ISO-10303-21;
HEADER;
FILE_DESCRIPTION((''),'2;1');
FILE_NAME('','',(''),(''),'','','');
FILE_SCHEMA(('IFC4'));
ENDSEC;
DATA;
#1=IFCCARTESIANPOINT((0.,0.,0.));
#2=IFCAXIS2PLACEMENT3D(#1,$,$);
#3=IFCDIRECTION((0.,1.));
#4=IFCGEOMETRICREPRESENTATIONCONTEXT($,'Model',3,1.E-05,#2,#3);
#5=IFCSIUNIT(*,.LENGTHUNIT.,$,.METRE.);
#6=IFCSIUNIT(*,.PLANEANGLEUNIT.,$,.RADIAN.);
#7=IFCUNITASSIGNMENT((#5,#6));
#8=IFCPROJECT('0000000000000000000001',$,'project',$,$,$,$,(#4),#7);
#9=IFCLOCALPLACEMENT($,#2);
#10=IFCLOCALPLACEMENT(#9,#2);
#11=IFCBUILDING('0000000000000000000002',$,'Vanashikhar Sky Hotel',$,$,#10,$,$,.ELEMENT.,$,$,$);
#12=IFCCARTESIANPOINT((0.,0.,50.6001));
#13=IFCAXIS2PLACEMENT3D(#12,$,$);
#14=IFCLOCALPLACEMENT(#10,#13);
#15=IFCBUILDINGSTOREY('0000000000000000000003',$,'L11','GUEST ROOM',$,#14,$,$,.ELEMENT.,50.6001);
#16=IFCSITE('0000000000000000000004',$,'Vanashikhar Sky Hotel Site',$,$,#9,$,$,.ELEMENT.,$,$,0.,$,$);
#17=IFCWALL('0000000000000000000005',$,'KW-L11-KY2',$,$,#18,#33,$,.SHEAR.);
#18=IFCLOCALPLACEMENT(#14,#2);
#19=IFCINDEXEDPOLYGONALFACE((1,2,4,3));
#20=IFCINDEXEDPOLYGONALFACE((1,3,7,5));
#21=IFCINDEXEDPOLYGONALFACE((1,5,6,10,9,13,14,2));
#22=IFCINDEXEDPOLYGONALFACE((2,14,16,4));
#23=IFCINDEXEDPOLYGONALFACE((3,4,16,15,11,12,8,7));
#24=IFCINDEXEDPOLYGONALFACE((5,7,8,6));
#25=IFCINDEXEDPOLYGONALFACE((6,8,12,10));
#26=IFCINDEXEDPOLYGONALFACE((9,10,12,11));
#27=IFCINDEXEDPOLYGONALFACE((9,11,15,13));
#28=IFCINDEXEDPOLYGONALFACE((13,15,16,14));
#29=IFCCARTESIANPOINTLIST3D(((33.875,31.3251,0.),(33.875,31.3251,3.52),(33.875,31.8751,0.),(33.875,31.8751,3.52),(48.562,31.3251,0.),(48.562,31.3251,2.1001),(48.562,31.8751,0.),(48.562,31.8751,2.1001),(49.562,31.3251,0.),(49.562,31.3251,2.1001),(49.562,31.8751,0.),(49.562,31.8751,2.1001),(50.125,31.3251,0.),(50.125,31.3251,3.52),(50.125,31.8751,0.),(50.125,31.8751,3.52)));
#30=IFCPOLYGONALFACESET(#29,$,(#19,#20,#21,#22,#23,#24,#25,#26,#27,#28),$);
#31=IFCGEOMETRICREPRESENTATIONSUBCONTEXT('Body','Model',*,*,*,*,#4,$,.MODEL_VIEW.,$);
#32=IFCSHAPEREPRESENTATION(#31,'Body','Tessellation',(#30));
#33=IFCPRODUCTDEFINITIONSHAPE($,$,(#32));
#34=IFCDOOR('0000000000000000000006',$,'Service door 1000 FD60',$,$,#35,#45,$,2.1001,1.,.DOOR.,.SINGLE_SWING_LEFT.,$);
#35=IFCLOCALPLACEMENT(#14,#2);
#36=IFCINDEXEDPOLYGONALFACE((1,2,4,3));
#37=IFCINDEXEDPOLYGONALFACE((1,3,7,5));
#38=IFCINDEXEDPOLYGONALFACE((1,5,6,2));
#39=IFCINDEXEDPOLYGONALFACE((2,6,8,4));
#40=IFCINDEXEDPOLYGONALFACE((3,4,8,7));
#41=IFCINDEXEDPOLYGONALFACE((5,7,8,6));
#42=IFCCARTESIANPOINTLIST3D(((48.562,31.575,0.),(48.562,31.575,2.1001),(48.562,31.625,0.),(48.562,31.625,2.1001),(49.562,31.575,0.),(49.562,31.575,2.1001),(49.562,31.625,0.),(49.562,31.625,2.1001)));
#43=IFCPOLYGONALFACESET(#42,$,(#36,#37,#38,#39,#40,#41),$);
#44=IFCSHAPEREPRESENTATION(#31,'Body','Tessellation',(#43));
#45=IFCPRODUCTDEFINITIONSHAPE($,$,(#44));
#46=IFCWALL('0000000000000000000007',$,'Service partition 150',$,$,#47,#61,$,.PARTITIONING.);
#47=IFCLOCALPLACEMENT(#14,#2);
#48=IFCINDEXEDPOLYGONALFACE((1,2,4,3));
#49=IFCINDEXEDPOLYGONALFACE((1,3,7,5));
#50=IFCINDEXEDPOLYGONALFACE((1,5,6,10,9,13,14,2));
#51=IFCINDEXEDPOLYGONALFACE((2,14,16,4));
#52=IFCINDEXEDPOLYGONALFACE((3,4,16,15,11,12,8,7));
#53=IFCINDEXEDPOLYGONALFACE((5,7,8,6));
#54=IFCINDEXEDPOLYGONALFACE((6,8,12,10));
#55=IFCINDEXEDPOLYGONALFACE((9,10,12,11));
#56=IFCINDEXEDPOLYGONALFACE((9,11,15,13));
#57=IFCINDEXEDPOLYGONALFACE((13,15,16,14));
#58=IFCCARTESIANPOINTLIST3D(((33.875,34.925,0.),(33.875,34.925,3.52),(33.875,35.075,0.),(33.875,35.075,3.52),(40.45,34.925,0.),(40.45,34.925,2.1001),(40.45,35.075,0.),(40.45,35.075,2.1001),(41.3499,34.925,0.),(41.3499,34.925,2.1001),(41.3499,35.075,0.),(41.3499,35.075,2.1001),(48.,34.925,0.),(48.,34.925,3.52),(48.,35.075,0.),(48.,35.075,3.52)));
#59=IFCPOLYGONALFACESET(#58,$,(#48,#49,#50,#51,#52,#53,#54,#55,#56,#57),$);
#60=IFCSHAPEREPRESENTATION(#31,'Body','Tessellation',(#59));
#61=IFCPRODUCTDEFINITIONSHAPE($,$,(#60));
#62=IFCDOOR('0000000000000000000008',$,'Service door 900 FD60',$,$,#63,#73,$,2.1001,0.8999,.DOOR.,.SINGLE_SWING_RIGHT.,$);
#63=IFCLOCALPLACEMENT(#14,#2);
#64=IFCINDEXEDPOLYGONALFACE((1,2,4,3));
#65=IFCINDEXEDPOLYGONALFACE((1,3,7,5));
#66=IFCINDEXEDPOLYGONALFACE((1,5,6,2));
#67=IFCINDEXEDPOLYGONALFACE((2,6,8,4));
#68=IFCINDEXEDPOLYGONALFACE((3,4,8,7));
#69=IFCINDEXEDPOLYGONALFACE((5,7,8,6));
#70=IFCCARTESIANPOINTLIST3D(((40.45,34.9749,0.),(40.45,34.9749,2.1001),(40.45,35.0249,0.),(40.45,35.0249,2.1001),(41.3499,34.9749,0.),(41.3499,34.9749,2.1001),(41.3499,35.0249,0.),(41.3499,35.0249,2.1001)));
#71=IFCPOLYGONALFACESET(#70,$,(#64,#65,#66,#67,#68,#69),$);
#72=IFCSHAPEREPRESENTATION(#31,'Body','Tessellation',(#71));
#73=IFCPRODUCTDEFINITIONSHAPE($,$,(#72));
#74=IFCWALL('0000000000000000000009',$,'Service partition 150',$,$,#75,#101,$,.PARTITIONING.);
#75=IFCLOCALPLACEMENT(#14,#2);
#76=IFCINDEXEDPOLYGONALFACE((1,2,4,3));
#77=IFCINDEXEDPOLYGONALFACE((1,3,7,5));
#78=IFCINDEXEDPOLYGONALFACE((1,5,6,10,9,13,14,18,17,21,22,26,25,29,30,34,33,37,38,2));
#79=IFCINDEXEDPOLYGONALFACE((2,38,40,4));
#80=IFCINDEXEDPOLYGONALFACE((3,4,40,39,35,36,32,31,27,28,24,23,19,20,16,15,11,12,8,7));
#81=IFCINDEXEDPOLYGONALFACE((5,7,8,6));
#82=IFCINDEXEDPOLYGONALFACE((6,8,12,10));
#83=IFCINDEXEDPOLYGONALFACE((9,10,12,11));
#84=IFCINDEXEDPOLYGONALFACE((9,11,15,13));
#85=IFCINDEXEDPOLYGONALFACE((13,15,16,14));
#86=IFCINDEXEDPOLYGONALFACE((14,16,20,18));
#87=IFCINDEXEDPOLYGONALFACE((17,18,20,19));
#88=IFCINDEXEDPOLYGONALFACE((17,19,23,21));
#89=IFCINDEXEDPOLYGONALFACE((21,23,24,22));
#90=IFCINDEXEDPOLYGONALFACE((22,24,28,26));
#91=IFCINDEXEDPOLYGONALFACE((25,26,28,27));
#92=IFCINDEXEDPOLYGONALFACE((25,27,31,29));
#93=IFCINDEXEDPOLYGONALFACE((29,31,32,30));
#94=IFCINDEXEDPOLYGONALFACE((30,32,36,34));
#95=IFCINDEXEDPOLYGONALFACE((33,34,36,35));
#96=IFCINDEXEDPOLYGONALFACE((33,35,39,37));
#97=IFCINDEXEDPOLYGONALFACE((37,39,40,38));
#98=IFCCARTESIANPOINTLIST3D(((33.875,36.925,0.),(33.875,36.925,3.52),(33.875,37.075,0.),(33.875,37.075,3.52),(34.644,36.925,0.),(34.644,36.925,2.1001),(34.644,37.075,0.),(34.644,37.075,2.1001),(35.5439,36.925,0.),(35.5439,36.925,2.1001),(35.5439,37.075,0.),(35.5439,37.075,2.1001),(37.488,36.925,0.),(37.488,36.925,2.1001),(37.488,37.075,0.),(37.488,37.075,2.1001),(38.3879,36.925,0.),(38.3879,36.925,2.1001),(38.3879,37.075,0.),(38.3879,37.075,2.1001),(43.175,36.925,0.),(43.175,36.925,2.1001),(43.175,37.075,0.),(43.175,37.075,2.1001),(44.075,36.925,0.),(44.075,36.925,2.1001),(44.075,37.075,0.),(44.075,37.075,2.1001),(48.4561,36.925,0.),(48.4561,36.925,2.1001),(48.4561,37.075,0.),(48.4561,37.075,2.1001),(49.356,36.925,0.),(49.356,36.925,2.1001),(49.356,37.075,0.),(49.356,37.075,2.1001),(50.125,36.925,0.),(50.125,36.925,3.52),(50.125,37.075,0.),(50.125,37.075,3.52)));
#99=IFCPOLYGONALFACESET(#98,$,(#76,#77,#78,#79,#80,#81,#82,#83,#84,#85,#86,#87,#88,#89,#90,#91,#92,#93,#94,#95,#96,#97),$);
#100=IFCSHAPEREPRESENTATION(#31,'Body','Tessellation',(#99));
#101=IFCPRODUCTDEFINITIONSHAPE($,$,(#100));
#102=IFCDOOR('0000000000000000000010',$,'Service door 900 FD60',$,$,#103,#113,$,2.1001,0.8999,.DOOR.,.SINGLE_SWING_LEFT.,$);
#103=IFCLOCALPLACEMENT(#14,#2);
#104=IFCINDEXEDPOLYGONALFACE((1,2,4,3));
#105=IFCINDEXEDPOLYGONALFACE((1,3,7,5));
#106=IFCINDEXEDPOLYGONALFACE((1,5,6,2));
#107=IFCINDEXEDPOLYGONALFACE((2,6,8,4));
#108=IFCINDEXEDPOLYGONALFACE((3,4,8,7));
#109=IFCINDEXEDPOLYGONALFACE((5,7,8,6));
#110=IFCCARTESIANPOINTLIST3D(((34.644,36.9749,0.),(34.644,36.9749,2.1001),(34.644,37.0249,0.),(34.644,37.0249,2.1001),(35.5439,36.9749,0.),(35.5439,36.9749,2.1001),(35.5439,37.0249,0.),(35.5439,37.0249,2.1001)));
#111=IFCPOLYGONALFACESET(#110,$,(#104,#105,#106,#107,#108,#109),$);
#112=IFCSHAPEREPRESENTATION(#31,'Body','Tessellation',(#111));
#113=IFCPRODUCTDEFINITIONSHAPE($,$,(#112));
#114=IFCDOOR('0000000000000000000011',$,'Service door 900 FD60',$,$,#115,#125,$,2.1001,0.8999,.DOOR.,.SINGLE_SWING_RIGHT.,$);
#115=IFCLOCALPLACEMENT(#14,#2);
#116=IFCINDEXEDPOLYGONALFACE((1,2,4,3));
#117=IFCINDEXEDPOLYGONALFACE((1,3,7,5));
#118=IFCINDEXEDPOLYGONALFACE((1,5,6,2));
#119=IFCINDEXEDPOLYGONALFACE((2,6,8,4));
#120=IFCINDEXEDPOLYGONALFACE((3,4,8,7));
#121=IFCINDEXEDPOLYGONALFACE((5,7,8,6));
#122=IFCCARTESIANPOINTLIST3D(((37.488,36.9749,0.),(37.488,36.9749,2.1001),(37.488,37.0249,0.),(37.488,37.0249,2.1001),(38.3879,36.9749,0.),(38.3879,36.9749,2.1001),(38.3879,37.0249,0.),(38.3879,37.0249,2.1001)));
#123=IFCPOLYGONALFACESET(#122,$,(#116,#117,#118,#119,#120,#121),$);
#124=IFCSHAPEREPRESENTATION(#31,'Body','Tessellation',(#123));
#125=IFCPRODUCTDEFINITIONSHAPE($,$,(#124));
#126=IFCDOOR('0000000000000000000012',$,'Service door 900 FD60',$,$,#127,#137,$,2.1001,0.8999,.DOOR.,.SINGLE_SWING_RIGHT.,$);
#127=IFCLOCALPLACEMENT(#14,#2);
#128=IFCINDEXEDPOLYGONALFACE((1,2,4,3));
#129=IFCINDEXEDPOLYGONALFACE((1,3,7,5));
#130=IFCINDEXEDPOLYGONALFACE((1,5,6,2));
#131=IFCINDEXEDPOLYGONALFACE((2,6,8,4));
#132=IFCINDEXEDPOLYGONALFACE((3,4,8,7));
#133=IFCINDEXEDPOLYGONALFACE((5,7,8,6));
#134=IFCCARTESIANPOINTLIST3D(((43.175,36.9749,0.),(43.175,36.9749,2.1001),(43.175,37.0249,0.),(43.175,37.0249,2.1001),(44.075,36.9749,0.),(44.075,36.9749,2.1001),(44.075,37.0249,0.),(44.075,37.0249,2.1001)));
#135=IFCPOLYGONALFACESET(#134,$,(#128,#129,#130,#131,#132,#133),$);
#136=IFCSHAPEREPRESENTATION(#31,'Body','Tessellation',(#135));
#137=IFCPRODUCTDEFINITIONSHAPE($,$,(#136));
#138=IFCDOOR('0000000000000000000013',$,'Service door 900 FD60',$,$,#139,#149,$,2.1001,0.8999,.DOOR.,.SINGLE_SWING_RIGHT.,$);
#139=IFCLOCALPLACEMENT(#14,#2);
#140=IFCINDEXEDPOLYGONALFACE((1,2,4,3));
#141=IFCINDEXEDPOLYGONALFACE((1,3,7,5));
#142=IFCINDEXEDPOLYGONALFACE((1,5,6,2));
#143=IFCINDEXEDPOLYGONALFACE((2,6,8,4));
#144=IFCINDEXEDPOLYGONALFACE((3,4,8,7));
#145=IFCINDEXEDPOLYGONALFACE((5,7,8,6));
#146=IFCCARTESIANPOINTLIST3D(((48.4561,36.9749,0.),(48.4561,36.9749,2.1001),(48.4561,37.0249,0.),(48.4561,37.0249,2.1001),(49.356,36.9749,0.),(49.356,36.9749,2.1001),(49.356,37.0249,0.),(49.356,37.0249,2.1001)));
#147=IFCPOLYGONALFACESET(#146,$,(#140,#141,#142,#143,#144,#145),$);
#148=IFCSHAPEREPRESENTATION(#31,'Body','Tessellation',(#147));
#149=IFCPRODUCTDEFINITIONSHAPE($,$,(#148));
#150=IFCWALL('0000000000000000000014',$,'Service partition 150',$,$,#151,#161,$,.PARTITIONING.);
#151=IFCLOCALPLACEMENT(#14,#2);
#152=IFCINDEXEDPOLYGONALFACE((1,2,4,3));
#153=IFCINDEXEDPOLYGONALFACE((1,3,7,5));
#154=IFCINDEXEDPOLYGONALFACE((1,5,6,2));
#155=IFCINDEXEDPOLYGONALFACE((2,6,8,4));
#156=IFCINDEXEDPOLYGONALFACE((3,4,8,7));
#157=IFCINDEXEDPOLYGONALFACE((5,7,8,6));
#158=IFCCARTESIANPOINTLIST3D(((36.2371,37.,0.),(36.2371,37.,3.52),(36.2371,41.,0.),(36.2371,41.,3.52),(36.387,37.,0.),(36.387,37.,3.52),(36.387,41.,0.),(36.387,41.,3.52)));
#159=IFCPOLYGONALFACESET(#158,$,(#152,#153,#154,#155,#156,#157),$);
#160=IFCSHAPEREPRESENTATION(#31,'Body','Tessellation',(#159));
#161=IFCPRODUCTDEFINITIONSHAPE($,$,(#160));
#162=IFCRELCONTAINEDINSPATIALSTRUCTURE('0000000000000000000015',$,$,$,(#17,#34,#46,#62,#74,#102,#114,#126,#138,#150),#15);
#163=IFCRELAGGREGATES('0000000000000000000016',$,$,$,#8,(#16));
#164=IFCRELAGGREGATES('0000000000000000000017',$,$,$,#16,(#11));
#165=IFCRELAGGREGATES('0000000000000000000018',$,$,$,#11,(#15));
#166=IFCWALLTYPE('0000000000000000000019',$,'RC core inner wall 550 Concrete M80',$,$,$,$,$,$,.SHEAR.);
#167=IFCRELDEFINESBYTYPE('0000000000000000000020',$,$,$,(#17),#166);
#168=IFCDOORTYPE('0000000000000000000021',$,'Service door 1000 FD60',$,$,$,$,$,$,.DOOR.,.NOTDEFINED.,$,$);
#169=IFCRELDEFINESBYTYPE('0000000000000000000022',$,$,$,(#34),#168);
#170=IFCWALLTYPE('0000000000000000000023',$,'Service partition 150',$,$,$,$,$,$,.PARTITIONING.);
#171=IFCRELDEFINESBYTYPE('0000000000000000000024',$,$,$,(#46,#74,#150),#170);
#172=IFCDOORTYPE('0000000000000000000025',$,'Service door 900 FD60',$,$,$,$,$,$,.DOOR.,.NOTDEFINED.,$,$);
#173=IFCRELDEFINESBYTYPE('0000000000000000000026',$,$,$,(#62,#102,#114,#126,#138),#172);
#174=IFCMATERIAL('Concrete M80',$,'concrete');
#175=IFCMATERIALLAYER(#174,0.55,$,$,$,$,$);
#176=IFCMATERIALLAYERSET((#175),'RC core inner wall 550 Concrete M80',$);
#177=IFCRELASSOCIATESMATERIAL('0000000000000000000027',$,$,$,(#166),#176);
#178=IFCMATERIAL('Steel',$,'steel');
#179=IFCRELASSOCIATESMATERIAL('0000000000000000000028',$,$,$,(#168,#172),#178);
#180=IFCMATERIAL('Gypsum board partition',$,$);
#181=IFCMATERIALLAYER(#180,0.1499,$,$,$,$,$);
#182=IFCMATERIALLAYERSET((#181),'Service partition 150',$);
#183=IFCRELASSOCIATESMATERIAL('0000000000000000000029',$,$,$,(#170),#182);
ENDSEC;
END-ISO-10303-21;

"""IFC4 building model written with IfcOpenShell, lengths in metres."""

from ifc_helpers import new_model, si_unit, direction, frame, frame_2d, origin, place, context, subcontext, project, spatial, rectangle, extrude, source, transform, mapped, material, layer, layer_set, type_object, element, fill, save


model = new_model("IFC4")

# Units and contexts
model_context = context("Model", 3, precision=1e-05, world=origin(), true_north=direction((0.0, 1.0)))
body_context = subcontext(model_context, "Body", "Model", "MODEL_VIEW")
ifc_project = project(units=[si_unit("LENGTHUNIT", "METRE"), si_unit("PLANEANGLEUNIT", "RADIAN")], contexts=[model_context])

# Site, building, storey
site_placement = place(None, origin())
site = spatial("IfcSite", under=ifc_project, at=site_placement, Name="Vanashikhar Sky Hotel Site", CompositionType="ELEMENT", RefElevation=0.0)
building_placement = place(site_placement, origin())
building = spatial("IfcBuilding", under=site, at=building_placement, Name="Vanashikhar Sky Hotel", CompositionType="ELEMENT")
storey_placement = place(building_placement, frame((0.0, 0.0, 50.6001)))
storey = spatial("IfcBuildingStorey", under=building, at=storey_placement, Name="L11", Description="GUEST ROOM", CompositionType="ELEMENT", Elevation=50.6001)

# Walls, openings, doors
ifc_material_1 = material(Name="Concrete M80", Category="concrete")
ifc_layer_1 = layer(ifc_material_1, 0.55)
ifc_layer_set_1 = layer_set([ifc_layer_1], Name="RC core inner wall 550 Concrete M80")
wall_type_1 = type_object("IfcWallType", Name="RC core inner wall 550 Concrete M80", PredefinedType="SHEAR", material=ifc_layer_set_1)
shared_shape_1 = source(origin(), body_context, "Body", "SweptSolid", [
    extrude(rectangle(XDim=16.25, YDim=0.55, at=frame_2d((8.125, 0.0))), origin(), (0.0, 0.0, 1.0), 3.52),
])
wall_1_placement = place(storey_placement, frame((33.875, 31.6001, 0.0), z_axis=(0.0, 0.0, 1.0), x_axis=(1.0, 0.0, 0.0)))
wall_1 = element("IfcWall", 1, at=wall_1_placement, inside=storey, type_object=wall_type_1, Name="KW-L11-KY2", PredefinedType="SHEAR", context=body_context, shape_type="MappedRepresentation", body=[
    mapped(shared_shape_1, transform((0.0, 0.0, 0.0), scale=1.0)),
])
shared_shape_2 = source(origin(), body_context, "Body", "SweptSolid", [
    extrude(rectangle(XDim=1.0, YDim=2.1001, at=frame_2d((0.5, 1.05))), frame((0.0, 0.2852, 0.0), z_axis=(0.0, -1.0, 0.0), x_axis=(1.0, 0.0, 0.0)), (0.0, 0.0, 1.0), 0.5701),
])
opening_1_placement = place(wall_1_placement, frame((14.687, 0.0, 0.0)))
opening_1 = element("IfcOpeningElement", 2, at=opening_1_placement, cuts=wall_1, PredefinedType="OPENING", context=body_context, shape_type="MappedRepresentation", body=[
    mapped(shared_shape_2, transform((0.0, 0.0, 0.0), scale=1.0)),
])
ifc_material_2 = material(Name="Steel", Category="steel")
door_type_1 = type_object("IfcDoorType", Name="Service door 1000 FD60", OperationType="NOTDEFINED", PredefinedType="DOOR", material=ifc_material_2)
shared_shape_3 = source(origin(), body_context, "Body", "SweptSolid", [
    extrude(rectangle(XDim=1.0, YDim=2.1001, at=frame_2d((0.5, 1.05))), frame((0.0, 0.0249, 0.0), z_axis=(0.0, -1.0, 0.0), x_axis=(1.0, 0.0, 0.0)), (0.0, 0.0, 1.0), 0.05),
])
door_1_placement = place(opening_1_placement, origin())
door_1 = element("IfcDoor", 3, at=door_1_placement, inside=storey, type_object=door_type_1, Name="Service door 1000 FD60", OperationType="SINGLE_SWING_LEFT", OverallHeight=2.1001, OverallWidth=1.0, PredefinedType="DOOR", context=body_context, shape_type="MappedRepresentation", body=[
    mapped(shared_shape_3, transform((0.0, 0.0, 0.0), scale=1.0)),
])
fill(opening_1, door_1)
ifc_material_3 = material(Name="Gypsum board partition")
ifc_layer_2 = layer(ifc_material_3, 0.1499)
ifc_layer_set_2 = layer_set([ifc_layer_2], Name="Service partition 150")
wall_type_2 = type_object("IfcWallType", Name="Service partition 150", PredefinedType="PARTITIONING", material=ifc_layer_set_2)
shared_shape_4 = source(origin(), body_context, "Body", "SweptSolid", [
    extrude(rectangle(XDim=14.125, YDim=0.1499, at=frame_2d((7.0625, 0.0))), origin(), (0.0, 0.0, 1.0), 3.52),
])
wall_2_placement = place(storey_placement, frame((33.875, 35.0, 0.0), z_axis=(0.0, 0.0, 1.0), x_axis=(1.0, 0.0, 0.0)))
wall_2 = element("IfcWall", 4, at=wall_2_placement, inside=storey, type_object=wall_type_2, Name="Service partition 150", PredefinedType="PARTITIONING", context=body_context, shape_type="MappedRepresentation", body=[
    mapped(shared_shape_4, transform((0.0, 0.0, 0.0), scale=1.0)),
])
shared_shape_5 = source(origin(), body_context, "Body", "SweptSolid", [
    extrude(rectangle(XDim=0.8999, YDim=2.1001, at=frame_2d((0.45, 1.05))), frame((0.0, 0.085, 0.0), z_axis=(0.0, -1.0, 0.0), x_axis=(1.0, 0.0, 0.0)), (0.0, 0.0, 1.0), 0.1699),
])
opening_2_placement = place(wall_2_placement, frame((6.575, 0.0, 0.0)))
opening_2 = element("IfcOpeningElement", 5, at=opening_2_placement, cuts=wall_2, PredefinedType="OPENING", context=body_context, shape_type="MappedRepresentation", body=[
    mapped(shared_shape_5, transform((0.0, 0.0, 0.0), scale=1.0)),
])
door_type_2 = type_object("IfcDoorType", Name="Service door 900 FD60", OperationType="NOTDEFINED", PredefinedType="DOOR", material=ifc_material_2)
shared_shape_6 = source(origin(), body_context, "Body", "SweptSolid", [
    extrude(rectangle(XDim=0.8999, YDim=2.1001, at=frame_2d((0.45, 1.05))), frame((0.0, 0.0249, 0.0), z_axis=(0.0, -1.0, 0.0), x_axis=(1.0, 0.0, 0.0)), (0.0, 0.0, 1.0), 0.05),
])
door_2_placement = place(opening_2_placement, origin())
door_2 = element("IfcDoor", 6, at=door_2_placement, inside=storey, type_object=door_type_2, Name="Service door 900 FD60", OperationType="SINGLE_SWING_RIGHT", OverallHeight=2.1001, OverallWidth=0.8999, PredefinedType="DOOR", context=body_context, shape_type="MappedRepresentation", body=[
    mapped(shared_shape_6, transform((0.0, 0.0, 0.0), scale=1.0)),
])
fill(opening_2, door_2)

# Wall, openings, doors
shared_shape_7 = source(origin(), body_context, "Body", "SweptSolid", [
    extrude(rectangle(XDim=16.25, YDim=0.1499, at=frame_2d((8.125, 0.0))), origin(), (0.0, 0.0, 1.0), 3.52),
])
wall_3_placement = place(storey_placement, frame((33.875, 37.0, 0.0), z_axis=(0.0, 0.0, 1.0), x_axis=(1.0, 0.0, 0.0)))
wall_3 = element("IfcWall", 7, at=wall_3_placement, inside=storey, type_object=wall_type_2, Name="Service partition 150", PredefinedType="PARTITIONING", context=body_context, shape_type="MappedRepresentation", body=[
    mapped(shared_shape_7, transform((0.0, 0.0, 0.0), scale=1.0)),
])
opening_3_placement = place(wall_3_placement, frame((0.769, 0.0, 0.0)))
opening_3 = element("IfcOpeningElement", 8, at=opening_3_placement, cuts=wall_3, PredefinedType="OPENING", context=body_context, shape_type="MappedRepresentation", body=[
    mapped(shared_shape_5, transform((0.0, 0.0, 0.0), scale=1.0)),
])
opening_4_placement = place(wall_3_placement, frame((3.613, 0.0, 0.0)))
opening_4 = element("IfcOpeningElement", 9, at=opening_4_placement, cuts=wall_3, PredefinedType="OPENING", context=body_context, shape_type="MappedRepresentation", body=[
    mapped(shared_shape_5, transform((0.0, 0.0, 0.0), scale=1.0)),
])
opening_5_placement = place(wall_3_placement, frame((9.3, 0.0, 0.0)))
opening_5 = element("IfcOpeningElement", 10, at=opening_5_placement, cuts=wall_3, PredefinedType="OPENING", context=body_context, shape_type="MappedRepresentation", body=[
    mapped(shared_shape_5, transform((0.0, 0.0, 0.0), scale=1.0)),
])
opening_6_placement = place(wall_3_placement, frame((14.5811, 0.0, 0.0)))
opening_6 = element("IfcOpeningElement", 11, at=opening_6_placement, cuts=wall_3, PredefinedType="OPENING", context=body_context, shape_type="MappedRepresentation", body=[
    mapped(shared_shape_5, transform((0.0, 0.0, 0.0), scale=1.0)),
])
door_3_placement = place(opening_3_placement, origin())
door_3 = element("IfcDoor", 12, at=door_3_placement, inside=storey, type_object=door_type_2, Name="Service door 900 FD60", OperationType="SINGLE_SWING_LEFT", OverallHeight=2.1001, OverallWidth=0.8999, PredefinedType="DOOR", context=body_context, shape_type="MappedRepresentation", body=[
    mapped(shared_shape_6, transform((0.0, 0.0, 0.0), scale=1.0)),
])
fill(opening_3, door_3)
door_4_placement = place(opening_4_placement, origin())
door_4 = element("IfcDoor", 13, at=door_4_placement, inside=storey, type_object=door_type_2, Name="Service door 900 FD60", OperationType="SINGLE_SWING_RIGHT", OverallHeight=2.1001, OverallWidth=0.8999, PredefinedType="DOOR", context=body_context, shape_type="MappedRepresentation", body=[
    mapped(shared_shape_6, transform((0.0, 0.0, 0.0), scale=1.0)),
])
fill(opening_4, door_4)
door_5_placement = place(opening_5_placement, origin())
door_5 = element("IfcDoor", 14, at=door_5_placement, inside=storey, type_object=door_type_2, Name="Service door 900 FD60", OperationType="SINGLE_SWING_RIGHT", OverallHeight=2.1001, OverallWidth=0.8999, PredefinedType="DOOR", context=body_context, shape_type="MappedRepresentation", body=[
    mapped(shared_shape_6, transform((0.0, 0.0, 0.0), scale=1.0)),
])
fill(opening_5, door_5)
door_6_placement = place(opening_6_placement, origin())
door_6 = element("IfcDoor", 15, at=door_6_placement, inside=storey, type_object=door_type_2, Name="Service door 900 FD60", OperationType="SINGLE_SWING_RIGHT", OverallHeight=2.1001, OverallWidth=0.8999, PredefinedType="DOOR", context=body_context, shape_type="MappedRepresentation", body=[
    mapped(shared_shape_6, transform((0.0, 0.0, 0.0), scale=1.0)),
])
fill(opening_6, door_6)

# Wall
shared_shape_8 = source(origin(), body_context, "Body", "SweptSolid", [
    extrude(rectangle(XDim=4.0, YDim=0.1499, at=frame_2d((2.0, 0.0))), origin(), (0.0, 0.0, 1.0), 3.52),
])
for number, where, z_axis, x_axis, name in (
    (16, (36.312, 37.0, 0.0), (0.0, 0.0, 1.0), (0.0, 1.0, 0.0), "Service partition 150"),
):
    element("IfcWall", number, at=place(storey_placement, frame(where, z_axis=z_axis, x_axis=x_axis)), inside=storey, type_object=wall_type_2, Name=name, PredefinedType="PARTITIONING", context=body_context, shape_type="MappedRepresentation", body=[
        mapped(shared_shape_8, transform((0.0, 0.0, 0.0), scale=1.0)),
    ])

save(model, "model.ifc")
